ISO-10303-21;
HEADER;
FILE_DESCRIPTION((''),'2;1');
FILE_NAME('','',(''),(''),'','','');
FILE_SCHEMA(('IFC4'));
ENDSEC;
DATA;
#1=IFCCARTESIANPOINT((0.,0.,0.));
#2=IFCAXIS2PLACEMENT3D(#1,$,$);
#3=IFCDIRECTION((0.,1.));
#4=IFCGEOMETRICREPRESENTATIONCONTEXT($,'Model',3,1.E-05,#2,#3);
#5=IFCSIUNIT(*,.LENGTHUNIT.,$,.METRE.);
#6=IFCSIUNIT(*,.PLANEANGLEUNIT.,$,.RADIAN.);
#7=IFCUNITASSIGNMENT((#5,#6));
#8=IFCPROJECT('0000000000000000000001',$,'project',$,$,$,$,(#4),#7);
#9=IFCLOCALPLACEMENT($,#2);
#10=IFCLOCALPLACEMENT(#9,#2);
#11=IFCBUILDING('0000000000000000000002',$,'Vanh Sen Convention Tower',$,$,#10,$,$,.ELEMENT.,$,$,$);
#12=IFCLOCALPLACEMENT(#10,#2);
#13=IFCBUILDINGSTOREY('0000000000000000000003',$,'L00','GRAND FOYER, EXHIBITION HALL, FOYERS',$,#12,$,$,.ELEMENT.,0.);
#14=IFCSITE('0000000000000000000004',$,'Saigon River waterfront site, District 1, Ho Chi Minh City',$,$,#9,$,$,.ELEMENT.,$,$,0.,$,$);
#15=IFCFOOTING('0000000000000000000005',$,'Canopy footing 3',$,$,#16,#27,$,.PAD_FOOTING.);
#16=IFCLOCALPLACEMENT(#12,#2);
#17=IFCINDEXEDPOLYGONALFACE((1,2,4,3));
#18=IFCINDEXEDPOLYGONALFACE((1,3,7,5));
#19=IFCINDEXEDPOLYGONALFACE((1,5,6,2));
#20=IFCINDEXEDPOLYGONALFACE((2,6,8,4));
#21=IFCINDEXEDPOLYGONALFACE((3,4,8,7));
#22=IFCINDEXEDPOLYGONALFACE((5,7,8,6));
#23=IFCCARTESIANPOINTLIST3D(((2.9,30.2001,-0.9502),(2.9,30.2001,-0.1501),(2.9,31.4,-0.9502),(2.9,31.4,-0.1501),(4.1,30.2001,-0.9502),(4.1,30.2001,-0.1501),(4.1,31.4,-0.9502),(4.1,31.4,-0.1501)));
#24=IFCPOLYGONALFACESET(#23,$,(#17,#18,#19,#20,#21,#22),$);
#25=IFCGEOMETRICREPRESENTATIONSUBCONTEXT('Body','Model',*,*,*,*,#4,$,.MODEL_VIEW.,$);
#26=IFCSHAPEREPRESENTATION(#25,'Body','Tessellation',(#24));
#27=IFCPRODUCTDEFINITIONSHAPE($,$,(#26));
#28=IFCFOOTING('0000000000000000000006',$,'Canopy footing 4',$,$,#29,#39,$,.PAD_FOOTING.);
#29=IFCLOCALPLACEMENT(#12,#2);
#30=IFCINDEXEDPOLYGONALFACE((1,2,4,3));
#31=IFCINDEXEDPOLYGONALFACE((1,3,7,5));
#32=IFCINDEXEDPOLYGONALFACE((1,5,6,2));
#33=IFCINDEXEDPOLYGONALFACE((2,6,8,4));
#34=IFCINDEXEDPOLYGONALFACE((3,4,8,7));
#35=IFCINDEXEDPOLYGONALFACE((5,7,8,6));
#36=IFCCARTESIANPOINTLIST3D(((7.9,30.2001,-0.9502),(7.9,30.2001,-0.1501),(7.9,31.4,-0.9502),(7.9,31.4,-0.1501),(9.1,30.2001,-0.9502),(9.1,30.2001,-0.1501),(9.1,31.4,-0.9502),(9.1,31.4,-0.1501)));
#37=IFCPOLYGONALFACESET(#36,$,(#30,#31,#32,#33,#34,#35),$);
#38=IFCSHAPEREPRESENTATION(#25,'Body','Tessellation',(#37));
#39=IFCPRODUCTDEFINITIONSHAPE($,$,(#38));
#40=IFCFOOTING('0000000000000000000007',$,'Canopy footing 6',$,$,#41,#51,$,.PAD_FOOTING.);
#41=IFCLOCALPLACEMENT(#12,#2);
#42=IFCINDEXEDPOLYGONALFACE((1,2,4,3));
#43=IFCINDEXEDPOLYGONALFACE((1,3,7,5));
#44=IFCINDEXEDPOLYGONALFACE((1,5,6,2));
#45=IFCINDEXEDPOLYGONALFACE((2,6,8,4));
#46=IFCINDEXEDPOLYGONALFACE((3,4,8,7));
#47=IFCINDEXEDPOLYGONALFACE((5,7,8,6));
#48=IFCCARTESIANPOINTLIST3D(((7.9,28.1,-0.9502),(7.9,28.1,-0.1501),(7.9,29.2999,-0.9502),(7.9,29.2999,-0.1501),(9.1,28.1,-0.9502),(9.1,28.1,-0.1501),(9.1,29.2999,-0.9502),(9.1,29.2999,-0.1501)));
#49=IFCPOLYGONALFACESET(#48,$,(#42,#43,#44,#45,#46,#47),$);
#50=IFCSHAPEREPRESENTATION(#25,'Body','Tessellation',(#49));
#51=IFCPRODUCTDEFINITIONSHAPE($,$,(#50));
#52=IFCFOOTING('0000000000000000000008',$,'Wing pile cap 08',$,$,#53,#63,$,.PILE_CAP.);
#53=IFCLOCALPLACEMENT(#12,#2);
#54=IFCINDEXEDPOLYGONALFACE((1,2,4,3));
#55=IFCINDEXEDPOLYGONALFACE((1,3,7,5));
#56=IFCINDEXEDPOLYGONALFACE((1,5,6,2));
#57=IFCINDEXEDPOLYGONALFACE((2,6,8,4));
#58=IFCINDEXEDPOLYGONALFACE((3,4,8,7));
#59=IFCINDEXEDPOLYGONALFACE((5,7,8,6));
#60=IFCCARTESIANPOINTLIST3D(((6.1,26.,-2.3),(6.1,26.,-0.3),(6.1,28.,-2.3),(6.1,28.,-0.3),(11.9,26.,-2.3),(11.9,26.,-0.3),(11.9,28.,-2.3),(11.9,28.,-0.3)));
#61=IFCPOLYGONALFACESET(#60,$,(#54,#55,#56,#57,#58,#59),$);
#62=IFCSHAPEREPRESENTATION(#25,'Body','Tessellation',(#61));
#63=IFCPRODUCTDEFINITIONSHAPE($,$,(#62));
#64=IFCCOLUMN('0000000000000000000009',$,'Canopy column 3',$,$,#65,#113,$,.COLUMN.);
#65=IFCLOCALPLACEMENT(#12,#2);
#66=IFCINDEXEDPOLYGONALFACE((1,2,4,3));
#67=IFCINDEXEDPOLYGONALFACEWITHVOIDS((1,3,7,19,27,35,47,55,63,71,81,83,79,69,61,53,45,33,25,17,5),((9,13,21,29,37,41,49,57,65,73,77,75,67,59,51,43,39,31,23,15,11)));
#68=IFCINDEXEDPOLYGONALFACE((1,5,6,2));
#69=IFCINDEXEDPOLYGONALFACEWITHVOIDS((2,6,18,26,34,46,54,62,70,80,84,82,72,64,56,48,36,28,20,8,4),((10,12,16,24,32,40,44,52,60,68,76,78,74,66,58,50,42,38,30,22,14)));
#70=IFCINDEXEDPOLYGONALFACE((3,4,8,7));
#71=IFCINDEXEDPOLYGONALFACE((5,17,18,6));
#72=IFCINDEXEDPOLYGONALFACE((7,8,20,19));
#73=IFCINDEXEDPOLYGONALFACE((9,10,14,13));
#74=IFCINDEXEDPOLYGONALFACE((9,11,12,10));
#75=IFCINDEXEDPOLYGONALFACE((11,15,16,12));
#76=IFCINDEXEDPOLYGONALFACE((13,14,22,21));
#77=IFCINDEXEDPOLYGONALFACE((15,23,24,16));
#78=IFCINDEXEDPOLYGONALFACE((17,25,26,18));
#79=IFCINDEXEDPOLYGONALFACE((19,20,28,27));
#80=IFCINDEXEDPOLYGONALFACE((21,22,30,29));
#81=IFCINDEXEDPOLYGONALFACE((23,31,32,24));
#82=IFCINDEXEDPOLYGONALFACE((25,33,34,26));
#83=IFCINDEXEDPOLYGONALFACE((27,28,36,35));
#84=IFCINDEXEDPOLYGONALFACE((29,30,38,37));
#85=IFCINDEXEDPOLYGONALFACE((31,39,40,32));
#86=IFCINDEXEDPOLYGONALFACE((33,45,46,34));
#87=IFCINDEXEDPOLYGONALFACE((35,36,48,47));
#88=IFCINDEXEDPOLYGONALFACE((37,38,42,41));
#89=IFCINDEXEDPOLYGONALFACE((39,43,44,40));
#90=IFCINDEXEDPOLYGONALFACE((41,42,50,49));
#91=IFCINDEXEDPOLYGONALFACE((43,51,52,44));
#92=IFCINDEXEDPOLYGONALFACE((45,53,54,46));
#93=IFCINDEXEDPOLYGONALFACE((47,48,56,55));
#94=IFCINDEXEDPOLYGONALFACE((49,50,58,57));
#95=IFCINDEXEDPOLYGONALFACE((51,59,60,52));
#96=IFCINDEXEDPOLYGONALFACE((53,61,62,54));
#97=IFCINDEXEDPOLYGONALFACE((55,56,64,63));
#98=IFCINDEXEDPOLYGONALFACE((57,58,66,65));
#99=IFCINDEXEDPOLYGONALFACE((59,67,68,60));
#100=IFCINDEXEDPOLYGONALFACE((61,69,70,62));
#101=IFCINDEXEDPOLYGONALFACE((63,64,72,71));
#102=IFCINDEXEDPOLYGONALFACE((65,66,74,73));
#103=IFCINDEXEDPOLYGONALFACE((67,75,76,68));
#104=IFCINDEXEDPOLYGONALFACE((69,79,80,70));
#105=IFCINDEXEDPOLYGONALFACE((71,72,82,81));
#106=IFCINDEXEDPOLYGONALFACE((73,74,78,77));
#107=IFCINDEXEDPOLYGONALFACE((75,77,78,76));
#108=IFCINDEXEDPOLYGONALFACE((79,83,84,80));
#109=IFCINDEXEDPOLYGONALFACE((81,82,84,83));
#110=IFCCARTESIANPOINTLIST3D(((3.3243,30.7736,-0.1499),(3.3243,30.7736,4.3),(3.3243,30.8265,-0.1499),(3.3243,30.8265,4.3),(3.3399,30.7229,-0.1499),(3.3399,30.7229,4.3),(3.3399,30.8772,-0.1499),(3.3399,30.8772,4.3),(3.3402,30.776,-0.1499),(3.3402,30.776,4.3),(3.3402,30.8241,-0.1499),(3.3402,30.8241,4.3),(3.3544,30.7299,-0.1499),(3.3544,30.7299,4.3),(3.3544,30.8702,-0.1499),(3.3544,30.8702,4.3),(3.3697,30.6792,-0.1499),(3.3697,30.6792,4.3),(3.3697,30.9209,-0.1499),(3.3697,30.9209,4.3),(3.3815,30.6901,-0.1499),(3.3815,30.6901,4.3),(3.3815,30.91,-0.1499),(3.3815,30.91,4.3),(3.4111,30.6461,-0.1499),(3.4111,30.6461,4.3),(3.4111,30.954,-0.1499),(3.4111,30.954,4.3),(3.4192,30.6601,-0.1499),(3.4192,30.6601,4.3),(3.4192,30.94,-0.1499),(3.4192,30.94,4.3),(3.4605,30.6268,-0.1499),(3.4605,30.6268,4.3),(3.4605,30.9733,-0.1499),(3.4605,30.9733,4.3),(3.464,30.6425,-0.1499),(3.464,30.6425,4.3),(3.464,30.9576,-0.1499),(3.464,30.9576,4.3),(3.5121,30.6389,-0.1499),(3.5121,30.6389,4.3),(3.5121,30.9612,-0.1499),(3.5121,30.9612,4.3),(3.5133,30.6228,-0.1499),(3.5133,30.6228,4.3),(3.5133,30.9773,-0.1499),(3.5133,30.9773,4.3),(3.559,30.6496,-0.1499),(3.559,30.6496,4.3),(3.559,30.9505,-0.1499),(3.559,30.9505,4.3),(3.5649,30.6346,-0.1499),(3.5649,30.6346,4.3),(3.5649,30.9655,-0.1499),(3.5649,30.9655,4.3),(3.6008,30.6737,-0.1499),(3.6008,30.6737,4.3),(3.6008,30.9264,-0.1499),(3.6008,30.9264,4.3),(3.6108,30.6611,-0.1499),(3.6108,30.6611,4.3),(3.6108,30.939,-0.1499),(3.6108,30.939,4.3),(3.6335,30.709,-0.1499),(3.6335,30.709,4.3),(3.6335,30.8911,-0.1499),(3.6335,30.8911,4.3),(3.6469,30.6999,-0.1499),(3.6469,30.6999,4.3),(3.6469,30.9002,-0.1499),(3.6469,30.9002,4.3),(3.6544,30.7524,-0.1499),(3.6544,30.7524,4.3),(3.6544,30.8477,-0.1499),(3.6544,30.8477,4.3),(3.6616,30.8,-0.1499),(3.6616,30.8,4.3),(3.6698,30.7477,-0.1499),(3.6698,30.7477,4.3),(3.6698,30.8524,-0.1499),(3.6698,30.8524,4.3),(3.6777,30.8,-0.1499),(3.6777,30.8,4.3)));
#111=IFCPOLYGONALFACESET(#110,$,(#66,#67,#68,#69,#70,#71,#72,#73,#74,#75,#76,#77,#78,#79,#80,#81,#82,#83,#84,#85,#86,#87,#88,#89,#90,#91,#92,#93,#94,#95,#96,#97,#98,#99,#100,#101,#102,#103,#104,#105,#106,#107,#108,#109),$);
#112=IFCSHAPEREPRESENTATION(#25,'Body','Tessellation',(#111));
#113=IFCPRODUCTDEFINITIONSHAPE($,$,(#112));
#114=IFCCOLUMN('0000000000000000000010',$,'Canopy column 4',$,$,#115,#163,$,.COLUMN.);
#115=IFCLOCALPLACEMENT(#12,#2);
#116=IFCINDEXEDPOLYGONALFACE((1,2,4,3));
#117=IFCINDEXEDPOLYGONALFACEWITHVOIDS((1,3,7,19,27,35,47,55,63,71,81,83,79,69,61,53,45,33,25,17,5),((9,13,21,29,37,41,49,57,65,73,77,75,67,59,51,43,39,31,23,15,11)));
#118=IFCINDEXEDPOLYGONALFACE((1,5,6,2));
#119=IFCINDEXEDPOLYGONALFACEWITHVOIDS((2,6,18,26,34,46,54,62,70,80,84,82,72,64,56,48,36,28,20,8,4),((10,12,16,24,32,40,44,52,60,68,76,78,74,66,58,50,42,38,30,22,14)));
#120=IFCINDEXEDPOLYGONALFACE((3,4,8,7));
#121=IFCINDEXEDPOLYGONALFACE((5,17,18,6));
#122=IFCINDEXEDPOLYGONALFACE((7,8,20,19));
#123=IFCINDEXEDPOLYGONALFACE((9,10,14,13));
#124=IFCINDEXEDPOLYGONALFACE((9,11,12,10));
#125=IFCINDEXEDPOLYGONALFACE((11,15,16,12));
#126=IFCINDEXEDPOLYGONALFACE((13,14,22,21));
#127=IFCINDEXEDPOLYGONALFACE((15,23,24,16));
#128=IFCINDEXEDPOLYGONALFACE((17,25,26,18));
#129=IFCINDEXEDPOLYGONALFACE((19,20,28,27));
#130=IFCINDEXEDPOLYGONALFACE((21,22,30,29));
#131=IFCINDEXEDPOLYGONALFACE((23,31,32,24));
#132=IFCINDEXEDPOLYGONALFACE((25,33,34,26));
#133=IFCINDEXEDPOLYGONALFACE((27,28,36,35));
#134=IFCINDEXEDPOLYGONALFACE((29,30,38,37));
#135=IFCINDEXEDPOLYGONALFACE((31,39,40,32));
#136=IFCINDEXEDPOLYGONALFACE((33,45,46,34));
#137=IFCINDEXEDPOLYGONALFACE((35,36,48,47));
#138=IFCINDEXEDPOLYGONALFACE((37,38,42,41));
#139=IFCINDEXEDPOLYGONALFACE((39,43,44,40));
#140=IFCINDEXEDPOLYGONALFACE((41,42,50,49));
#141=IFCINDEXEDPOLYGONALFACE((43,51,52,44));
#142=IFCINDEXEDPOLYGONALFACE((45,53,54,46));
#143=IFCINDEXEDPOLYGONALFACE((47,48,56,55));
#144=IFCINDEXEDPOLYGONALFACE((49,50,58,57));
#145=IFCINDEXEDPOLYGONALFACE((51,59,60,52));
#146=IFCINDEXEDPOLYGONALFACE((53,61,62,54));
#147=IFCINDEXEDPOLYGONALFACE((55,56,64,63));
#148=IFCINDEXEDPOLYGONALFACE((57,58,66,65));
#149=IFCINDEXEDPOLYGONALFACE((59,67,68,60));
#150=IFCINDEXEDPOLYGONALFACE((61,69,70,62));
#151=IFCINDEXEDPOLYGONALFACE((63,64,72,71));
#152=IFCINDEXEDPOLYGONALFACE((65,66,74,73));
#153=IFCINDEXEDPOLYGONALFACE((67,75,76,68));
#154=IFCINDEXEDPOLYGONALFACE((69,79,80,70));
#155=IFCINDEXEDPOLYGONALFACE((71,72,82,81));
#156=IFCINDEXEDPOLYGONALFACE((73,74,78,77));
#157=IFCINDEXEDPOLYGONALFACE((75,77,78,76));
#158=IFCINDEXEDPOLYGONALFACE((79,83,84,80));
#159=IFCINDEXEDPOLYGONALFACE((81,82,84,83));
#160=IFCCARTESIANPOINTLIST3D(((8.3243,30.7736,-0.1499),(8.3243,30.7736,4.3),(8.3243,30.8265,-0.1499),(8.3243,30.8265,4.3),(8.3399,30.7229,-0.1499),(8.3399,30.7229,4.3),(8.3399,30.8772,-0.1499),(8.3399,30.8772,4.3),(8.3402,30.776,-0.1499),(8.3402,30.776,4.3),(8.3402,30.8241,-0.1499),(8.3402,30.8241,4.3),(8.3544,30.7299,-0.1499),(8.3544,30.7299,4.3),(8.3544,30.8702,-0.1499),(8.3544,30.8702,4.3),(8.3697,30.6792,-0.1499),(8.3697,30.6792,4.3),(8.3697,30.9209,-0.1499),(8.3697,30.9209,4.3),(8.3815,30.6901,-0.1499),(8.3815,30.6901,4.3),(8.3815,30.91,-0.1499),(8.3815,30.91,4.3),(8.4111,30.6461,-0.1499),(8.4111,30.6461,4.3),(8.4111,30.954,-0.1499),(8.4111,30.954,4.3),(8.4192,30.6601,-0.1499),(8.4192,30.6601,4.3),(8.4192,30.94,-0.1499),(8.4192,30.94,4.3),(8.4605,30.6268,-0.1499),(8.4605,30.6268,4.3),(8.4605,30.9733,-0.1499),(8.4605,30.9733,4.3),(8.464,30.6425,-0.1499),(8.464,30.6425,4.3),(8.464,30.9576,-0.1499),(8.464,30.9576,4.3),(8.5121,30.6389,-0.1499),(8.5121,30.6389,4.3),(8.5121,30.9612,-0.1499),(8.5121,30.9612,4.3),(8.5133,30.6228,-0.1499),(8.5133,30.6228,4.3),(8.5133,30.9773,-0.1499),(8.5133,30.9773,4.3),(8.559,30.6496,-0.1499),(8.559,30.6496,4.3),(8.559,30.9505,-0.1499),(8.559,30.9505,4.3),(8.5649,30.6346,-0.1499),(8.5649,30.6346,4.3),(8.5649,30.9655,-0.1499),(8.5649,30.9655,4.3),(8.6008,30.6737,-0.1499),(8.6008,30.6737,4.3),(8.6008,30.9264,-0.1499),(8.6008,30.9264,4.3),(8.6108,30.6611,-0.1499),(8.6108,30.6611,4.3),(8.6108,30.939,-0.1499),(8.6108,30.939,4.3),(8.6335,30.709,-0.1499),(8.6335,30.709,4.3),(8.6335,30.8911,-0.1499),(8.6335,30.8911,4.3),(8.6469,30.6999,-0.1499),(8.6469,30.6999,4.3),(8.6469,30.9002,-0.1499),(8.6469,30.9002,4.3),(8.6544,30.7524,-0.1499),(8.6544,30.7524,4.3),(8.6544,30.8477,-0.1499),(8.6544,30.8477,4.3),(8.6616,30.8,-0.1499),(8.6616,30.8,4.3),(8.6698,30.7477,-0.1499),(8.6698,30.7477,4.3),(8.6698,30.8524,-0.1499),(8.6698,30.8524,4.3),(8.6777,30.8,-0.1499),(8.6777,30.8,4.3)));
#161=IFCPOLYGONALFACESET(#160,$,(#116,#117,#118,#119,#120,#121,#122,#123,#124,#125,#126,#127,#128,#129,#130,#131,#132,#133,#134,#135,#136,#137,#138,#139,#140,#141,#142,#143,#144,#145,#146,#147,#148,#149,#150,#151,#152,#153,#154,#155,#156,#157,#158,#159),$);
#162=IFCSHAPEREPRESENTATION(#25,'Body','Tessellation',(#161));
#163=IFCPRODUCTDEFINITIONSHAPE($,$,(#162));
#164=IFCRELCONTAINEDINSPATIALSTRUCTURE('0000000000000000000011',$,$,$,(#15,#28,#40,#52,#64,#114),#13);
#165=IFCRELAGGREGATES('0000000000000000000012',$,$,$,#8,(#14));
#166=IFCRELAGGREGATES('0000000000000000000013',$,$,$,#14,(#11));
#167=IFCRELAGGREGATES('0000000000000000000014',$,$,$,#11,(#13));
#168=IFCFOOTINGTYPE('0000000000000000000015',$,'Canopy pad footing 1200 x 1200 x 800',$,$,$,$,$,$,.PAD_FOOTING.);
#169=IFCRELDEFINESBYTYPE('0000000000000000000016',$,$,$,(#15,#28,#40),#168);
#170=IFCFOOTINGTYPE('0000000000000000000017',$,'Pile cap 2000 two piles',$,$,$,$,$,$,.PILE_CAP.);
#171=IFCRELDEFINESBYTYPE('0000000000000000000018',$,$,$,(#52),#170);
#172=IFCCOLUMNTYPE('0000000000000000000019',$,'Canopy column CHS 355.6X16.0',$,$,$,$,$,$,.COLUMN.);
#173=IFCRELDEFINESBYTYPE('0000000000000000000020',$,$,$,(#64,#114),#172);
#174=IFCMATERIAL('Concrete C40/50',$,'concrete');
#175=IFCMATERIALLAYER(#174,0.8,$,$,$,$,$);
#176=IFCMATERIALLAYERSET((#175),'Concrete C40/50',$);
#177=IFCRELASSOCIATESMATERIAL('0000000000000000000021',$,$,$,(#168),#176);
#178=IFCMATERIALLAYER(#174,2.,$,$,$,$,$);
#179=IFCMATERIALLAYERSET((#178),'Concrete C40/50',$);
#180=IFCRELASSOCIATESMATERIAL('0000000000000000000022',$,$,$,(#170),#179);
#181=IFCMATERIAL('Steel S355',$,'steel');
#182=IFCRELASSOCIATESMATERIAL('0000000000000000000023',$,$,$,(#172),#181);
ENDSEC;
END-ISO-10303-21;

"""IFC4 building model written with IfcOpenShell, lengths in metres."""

from ifc_helpers import new_model, si_unit, direction, frame, origin, origin_2d, place, context, subcontext, project, spatial, rectangle, hollow_circle, extrude, material, layer, layer_set, material_profile, profile_set, type_object, element, save


model = new_model("IFC4")

# Units and contexts
model_context = context("Model", 3, precision=1e-05, world=origin(), true_north=direction((0.0, 1.0)))
body_context = subcontext(model_context, "Body", "Model", "MODEL_VIEW")
ifc_project = project(units=[si_unit("LENGTHUNIT", "METRE"), si_unit("PLANEANGLEUNIT", "RADIAN")], contexts=[model_context])

# Site, building, storey
site_placement = place(None, origin())
site = spatial("IfcSite", under=ifc_project, at=site_placement, Name="Saigon River waterfront site, District 1, Ho Chi Minh City", CompositionType="ELEMENT", RefElevation=0.0)
building_placement = place(site_placement, origin())
building = spatial("IfcBuilding", under=site, at=building_placement, Name="Vanh Sen Convention Tower", CompositionType="ELEMENT")
storey_placement = place(building_placement, origin())
storey = spatial("IfcBuildingStorey", under=building, at=storey_placement, Name="L00", Description="GRAND FOYER, EXHIBITION HALL, FOYERS", CompositionType="ELEMENT", Elevation=0.0)

# Shared definitions
ifc_material_1 = material(Name="Concrete C40/50", Category="concrete")

# Footings
ifc_layer_1 = layer(ifc_material_1, 0.8)
ifc_layer_set_1 = layer_set([ifc_layer_1], Name="Concrete C40/50")
footing_type_1 = type_object("IfcFootingType", Name="Canopy pad footing 1200 x 1200 x 800", PredefinedType="PAD_FOOTING", material=ifc_layer_set_1)
for number, where, z_axis, x_axis, name in (
    (1, (3.5, 30.8, -0.9502), (0.0, 0.0, 1.0), (1.0, 0.0, 0.0), "Canopy footing 3"),
    (2, (8.5, 30.8, -0.9502), (0.0, 0.0, 1.0), (1.0, 0.0, 0.0), "Canopy footing 4"),
    (3, (8.5, 28.7, -0.9502), (0.0, 0.0, 1.0), (1.0, 0.0, 0.0), "Canopy footing 6"),
):
    element("IfcFooting", number, at=place(storey_placement, frame(where, z_axis=z_axis, x_axis=x_axis)), inside=storey, type_object=footing_type_1, Name=name, PredefinedType="PAD_FOOTING", context=body_context, shape_type="SweptSolid", body=[
        extrude(rectangle(XDim=1.2, YDim=1.2, at=origin_2d()), origin(), (0.0, 0.0, 1.0), 0.8),
    ])
ifc_layer_2 = layer(ifc_material_1, 2.0)
ifc_layer_set_2 = layer_set([ifc_layer_2], Name="Concrete C40/50")
footing_type_2 = type_object("IfcFootingType", Name="Pile cap 2000 two piles", PredefinedType="PILE_CAP", material=ifc_layer_set_2)
footing_placement = place(storey_placement, frame((9.0, 27.0, -2.3), z_axis=(0.0, 0.0, 1.0), x_axis=(1.0, 0.0, 0.0)))
element("IfcFooting", 4, at=footing_placement, inside=storey, type_object=footing_type_2, Name="Wing pile cap 08", PredefinedType="PILE_CAP", context=body_context, shape_type="SweptSolid", body=[
    extrude(rectangle(XDim=5.8, YDim=2.0, at=origin_2d()), origin(), (0.0, 0.0, 1.0), 2.0),
])

# Columns
ifc_material_2 = material(Name="Steel S355", Category="steel")
ifc_material_profile_1 = material_profile(ifc_material_2, hollow_circle(Radius=0.1777, WallThickness=0.0161, at=origin_2d()), Name="CHS 355.6X16.0")
ifc_profile_set_1 = profile_set([ifc_material_profile_1], Name="Steel S355")
column_type_1 = type_object("IfcColumnType", Name="Canopy column CHS 355.6X16.0", PredefinedType="COLUMN", material=ifc_profile_set_1)
for number, where, z_axis, x_axis, name in (
    (5, (3.5, 30.8, -0.1499), (0.0, 0.0, 1.0), (1.0, 0.0, 0.0), "Canopy column 3"),
    (6, (8.5, 30.8, -0.1499), (0.0, 0.0, 1.0), (1.0, 0.0, 0.0), "Canopy column 4"),
):
    element("IfcColumn", number, at=place(storey_placement, frame(where, z_axis=z_axis, x_axis=x_axis)), inside=storey, type_object=column_type_1, Name=name, PredefinedType="COLUMN", context=body_context, shape_type="SweptSolid", body=[
        extrude(hollow_circle(Radius=0.1777, WallThickness=0.0161, at=origin_2d()), origin(), (0.0, 0.0, 1.0), 4.45),
    ])

save(model, "model.ifc")
